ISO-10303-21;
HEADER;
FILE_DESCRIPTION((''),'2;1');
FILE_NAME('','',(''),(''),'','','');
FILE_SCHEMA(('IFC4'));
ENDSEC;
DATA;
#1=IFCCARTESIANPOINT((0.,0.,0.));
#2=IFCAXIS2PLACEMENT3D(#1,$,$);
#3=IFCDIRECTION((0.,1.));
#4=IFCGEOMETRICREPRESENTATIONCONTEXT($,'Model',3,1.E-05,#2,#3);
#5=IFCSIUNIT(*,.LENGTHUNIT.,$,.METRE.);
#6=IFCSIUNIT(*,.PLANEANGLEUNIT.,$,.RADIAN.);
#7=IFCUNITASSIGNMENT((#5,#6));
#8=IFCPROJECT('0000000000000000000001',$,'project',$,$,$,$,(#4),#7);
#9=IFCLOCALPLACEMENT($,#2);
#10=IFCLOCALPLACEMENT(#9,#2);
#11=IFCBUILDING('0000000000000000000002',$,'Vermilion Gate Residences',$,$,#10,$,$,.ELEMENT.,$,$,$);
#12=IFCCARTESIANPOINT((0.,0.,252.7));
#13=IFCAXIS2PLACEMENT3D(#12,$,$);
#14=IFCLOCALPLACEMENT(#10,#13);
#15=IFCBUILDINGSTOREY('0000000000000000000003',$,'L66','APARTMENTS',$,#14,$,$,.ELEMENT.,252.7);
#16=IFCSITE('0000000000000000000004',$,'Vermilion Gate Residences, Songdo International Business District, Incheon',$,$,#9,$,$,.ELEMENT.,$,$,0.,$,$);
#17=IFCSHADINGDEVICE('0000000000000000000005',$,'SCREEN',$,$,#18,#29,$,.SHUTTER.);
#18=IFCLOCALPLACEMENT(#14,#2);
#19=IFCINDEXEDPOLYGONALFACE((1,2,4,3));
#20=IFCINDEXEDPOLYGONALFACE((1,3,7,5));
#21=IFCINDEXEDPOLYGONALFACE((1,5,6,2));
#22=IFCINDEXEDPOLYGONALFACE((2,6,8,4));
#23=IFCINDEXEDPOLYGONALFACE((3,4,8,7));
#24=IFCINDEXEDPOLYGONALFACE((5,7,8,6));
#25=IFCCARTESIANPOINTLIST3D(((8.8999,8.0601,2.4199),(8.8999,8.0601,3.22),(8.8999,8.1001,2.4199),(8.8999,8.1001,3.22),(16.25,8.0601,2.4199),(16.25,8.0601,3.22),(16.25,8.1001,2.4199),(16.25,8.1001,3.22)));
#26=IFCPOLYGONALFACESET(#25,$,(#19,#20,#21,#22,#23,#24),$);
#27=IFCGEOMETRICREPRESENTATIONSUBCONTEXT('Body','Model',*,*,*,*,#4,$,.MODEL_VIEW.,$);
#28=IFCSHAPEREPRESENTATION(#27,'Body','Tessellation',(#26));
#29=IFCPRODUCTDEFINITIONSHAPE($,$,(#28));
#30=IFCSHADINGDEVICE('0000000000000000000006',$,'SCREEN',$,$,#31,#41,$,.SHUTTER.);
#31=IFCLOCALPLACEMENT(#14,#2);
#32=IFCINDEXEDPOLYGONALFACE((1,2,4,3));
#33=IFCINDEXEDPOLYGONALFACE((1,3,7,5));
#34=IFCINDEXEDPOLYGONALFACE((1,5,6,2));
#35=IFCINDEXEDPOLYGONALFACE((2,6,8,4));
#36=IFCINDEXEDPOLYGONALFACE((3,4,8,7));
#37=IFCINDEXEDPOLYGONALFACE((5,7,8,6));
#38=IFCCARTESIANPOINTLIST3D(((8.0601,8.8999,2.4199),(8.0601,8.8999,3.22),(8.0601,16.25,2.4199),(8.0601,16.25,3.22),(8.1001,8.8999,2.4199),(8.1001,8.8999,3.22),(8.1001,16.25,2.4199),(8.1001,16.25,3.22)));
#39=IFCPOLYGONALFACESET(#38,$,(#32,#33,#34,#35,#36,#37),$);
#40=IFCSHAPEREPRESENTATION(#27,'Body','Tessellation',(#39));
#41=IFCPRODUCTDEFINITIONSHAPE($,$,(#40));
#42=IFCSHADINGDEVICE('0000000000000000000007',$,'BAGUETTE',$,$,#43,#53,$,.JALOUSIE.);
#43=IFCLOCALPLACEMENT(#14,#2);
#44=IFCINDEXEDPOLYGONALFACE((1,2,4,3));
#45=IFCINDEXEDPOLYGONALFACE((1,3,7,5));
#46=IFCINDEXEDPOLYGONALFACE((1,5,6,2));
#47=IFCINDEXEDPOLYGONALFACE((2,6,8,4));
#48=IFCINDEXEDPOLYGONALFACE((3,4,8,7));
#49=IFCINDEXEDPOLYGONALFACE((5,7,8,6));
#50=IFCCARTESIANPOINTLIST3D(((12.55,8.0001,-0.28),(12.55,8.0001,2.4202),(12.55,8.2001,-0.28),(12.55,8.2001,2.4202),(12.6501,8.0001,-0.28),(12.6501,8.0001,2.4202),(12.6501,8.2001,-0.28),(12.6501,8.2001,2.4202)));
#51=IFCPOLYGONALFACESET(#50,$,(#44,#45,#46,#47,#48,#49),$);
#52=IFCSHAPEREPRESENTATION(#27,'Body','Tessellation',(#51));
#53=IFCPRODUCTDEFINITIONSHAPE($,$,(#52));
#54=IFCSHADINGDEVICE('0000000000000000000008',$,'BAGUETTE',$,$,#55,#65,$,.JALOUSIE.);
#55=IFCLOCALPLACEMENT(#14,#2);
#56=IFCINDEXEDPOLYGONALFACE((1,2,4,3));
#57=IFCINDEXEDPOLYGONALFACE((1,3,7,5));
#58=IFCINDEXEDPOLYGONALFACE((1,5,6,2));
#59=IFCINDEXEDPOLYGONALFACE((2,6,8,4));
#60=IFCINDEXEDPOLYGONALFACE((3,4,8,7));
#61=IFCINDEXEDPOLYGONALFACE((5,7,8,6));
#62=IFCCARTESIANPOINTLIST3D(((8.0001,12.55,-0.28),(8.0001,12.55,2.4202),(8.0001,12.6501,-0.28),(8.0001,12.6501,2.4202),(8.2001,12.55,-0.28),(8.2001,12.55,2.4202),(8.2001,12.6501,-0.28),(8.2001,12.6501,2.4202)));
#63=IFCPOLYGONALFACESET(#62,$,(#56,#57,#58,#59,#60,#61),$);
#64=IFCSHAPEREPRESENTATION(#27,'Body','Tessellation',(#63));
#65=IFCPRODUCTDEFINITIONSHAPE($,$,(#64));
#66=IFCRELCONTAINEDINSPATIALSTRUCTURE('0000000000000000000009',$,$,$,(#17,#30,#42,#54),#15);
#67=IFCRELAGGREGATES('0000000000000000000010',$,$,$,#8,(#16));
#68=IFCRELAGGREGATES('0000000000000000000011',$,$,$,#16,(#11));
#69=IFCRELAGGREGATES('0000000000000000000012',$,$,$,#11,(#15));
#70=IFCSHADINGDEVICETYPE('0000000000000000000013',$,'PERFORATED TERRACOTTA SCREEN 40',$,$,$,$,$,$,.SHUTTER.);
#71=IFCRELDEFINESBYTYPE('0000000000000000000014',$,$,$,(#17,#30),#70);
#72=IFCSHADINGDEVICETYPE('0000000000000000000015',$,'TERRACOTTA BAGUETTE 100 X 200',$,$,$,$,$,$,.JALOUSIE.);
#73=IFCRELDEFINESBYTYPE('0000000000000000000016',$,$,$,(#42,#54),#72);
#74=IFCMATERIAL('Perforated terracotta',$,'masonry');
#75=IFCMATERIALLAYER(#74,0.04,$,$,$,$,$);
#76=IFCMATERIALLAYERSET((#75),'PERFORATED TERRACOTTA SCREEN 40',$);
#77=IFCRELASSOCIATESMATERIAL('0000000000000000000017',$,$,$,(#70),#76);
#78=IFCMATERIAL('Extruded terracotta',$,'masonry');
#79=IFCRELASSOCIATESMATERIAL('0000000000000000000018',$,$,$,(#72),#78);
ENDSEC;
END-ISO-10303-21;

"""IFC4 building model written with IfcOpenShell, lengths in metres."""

from ifc_helpers import new_model, si_unit, direction, frame, origin, origin_2d, place, context, subcontext, project, spatial, rectangle, extrude, material, layer, layer_set, material_profile, profile_set, type_object, element, save


model = new_model("IFC4")

# Units and contexts
model_context = context("Model", 3, precision=1e-05, world=origin(), true_north=direction((0.0, 1.0)))
body_context = subcontext(model_context, "Body", "Model", "MODEL_VIEW")
ifc_project = project(units=[si_unit("LENGTHUNIT", "METRE"), si_unit("PLANEANGLEUNIT", "RADIAN")], contexts=[model_context])

# Site, building, storey
site_placement = place(None, origin())
site = spatial("IfcSite", under=ifc_project, at=site_placement, Name="Vermilion Gate Residences, Songdo International Business District, Incheon", CompositionType="ELEMENT", RefElevation=0.0)
building_placement = place(site_placement, origin())
building = spatial("IfcBuilding", under=site, at=building_placement, Name="Vermilion Gate Residences", CompositionType="ELEMENT")
storey_placement = place(building_placement, frame((0.0, 0.0, 252.7)))
storey = spatial("IfcBuildingStorey", under=building, at=storey_placement, Name="L66", Description="APARTMENTS", CompositionType="ELEMENT", Elevation=252.7)

# Shading devices
ifc_material_1 = material(Name="Perforated terracotta", Category="masonry")
ifc_layer_1 = layer(ifc_material_1, 0.04)
ifc_layer_set_1 = layer_set([ifc_layer_1], Name="PERFORATED TERRACOTTA SCREEN 40")
shading_device_type_1 = type_object("IfcShadingDeviceType", Name="PERFORATED TERRACOTTA SCREEN 40", PredefinedType="SHUTTER", material=ifc_layer_set_1)
for number, where, z_axis, x_axis, name in (
    (1, (12.575, 8.0801, 2.4199), (0.0, 0.0, 1.0), (1.0, 0.0, 0.0), "SCREEN"),
    (2, (8.0801, 12.575, 2.4199), (0.0, 0.0, 1.0), (0.0, -1.0, 0.0), "SCREEN"),
):
    element("IfcShadingDevice", number, at=place(storey_placement, frame(where, z_axis=z_axis, x_axis=x_axis)), inside=storey, type_object=shading_device_type_1, Name=name, PredefinedType="SHUTTER", context=body_context, shape_type="SweptSolid", body=[
        extrude(rectangle(XDim=7.3501, YDim=0.04, at=origin_2d()), origin(), (0.0, 0.0, 1.0), 0.8),
    ])
ifc_material_2 = material(Name="Extruded terracotta", Category="masonry")
ifc_material_profile_1 = material_profile(ifc_material_2, rectangle(XDim=0.2, YDim=0.1001, at=origin_2d()), Name="BAGUETTE 100 X 200")
ifc_profile_set_1 = profile_set([ifc_material_profile_1], Name="Extruded terracotta")
shading_device_type_2 = type_object("IfcShadingDeviceType", Name="TERRACOTTA BAGUETTE 100 X 200", PredefinedType="JALOUSIE", material=ifc_profile_set_1)
for number, where, z_axis, x_axis, name in (
    (3, (12.6001, 8.1001, -0.28), (0.0, 0.0, 1.0), (0.0, 1.0, 0.0), "BAGUETTE"),
    (4, (8.1001, 12.6001, -0.28), (0.0, 0.0, 1.0), (1.0, 0.0, 0.0), "BAGUETTE"),
):
    element("IfcShadingDevice", number, at=place(storey_placement, frame(where, z_axis=z_axis, x_axis=x_axis)), inside=storey, type_object=shading_device_type_2, Name=name, PredefinedType="JALOUSIE", context=body_context, shape_type="SweptSolid", body=[
        extrude(rectangle(XDim=0.2, YDim=0.1001, at=origin_2d()), origin(), (0.0, 0.0, 1.0), 2.7002),
    ])

save(model, "model.ifc")
